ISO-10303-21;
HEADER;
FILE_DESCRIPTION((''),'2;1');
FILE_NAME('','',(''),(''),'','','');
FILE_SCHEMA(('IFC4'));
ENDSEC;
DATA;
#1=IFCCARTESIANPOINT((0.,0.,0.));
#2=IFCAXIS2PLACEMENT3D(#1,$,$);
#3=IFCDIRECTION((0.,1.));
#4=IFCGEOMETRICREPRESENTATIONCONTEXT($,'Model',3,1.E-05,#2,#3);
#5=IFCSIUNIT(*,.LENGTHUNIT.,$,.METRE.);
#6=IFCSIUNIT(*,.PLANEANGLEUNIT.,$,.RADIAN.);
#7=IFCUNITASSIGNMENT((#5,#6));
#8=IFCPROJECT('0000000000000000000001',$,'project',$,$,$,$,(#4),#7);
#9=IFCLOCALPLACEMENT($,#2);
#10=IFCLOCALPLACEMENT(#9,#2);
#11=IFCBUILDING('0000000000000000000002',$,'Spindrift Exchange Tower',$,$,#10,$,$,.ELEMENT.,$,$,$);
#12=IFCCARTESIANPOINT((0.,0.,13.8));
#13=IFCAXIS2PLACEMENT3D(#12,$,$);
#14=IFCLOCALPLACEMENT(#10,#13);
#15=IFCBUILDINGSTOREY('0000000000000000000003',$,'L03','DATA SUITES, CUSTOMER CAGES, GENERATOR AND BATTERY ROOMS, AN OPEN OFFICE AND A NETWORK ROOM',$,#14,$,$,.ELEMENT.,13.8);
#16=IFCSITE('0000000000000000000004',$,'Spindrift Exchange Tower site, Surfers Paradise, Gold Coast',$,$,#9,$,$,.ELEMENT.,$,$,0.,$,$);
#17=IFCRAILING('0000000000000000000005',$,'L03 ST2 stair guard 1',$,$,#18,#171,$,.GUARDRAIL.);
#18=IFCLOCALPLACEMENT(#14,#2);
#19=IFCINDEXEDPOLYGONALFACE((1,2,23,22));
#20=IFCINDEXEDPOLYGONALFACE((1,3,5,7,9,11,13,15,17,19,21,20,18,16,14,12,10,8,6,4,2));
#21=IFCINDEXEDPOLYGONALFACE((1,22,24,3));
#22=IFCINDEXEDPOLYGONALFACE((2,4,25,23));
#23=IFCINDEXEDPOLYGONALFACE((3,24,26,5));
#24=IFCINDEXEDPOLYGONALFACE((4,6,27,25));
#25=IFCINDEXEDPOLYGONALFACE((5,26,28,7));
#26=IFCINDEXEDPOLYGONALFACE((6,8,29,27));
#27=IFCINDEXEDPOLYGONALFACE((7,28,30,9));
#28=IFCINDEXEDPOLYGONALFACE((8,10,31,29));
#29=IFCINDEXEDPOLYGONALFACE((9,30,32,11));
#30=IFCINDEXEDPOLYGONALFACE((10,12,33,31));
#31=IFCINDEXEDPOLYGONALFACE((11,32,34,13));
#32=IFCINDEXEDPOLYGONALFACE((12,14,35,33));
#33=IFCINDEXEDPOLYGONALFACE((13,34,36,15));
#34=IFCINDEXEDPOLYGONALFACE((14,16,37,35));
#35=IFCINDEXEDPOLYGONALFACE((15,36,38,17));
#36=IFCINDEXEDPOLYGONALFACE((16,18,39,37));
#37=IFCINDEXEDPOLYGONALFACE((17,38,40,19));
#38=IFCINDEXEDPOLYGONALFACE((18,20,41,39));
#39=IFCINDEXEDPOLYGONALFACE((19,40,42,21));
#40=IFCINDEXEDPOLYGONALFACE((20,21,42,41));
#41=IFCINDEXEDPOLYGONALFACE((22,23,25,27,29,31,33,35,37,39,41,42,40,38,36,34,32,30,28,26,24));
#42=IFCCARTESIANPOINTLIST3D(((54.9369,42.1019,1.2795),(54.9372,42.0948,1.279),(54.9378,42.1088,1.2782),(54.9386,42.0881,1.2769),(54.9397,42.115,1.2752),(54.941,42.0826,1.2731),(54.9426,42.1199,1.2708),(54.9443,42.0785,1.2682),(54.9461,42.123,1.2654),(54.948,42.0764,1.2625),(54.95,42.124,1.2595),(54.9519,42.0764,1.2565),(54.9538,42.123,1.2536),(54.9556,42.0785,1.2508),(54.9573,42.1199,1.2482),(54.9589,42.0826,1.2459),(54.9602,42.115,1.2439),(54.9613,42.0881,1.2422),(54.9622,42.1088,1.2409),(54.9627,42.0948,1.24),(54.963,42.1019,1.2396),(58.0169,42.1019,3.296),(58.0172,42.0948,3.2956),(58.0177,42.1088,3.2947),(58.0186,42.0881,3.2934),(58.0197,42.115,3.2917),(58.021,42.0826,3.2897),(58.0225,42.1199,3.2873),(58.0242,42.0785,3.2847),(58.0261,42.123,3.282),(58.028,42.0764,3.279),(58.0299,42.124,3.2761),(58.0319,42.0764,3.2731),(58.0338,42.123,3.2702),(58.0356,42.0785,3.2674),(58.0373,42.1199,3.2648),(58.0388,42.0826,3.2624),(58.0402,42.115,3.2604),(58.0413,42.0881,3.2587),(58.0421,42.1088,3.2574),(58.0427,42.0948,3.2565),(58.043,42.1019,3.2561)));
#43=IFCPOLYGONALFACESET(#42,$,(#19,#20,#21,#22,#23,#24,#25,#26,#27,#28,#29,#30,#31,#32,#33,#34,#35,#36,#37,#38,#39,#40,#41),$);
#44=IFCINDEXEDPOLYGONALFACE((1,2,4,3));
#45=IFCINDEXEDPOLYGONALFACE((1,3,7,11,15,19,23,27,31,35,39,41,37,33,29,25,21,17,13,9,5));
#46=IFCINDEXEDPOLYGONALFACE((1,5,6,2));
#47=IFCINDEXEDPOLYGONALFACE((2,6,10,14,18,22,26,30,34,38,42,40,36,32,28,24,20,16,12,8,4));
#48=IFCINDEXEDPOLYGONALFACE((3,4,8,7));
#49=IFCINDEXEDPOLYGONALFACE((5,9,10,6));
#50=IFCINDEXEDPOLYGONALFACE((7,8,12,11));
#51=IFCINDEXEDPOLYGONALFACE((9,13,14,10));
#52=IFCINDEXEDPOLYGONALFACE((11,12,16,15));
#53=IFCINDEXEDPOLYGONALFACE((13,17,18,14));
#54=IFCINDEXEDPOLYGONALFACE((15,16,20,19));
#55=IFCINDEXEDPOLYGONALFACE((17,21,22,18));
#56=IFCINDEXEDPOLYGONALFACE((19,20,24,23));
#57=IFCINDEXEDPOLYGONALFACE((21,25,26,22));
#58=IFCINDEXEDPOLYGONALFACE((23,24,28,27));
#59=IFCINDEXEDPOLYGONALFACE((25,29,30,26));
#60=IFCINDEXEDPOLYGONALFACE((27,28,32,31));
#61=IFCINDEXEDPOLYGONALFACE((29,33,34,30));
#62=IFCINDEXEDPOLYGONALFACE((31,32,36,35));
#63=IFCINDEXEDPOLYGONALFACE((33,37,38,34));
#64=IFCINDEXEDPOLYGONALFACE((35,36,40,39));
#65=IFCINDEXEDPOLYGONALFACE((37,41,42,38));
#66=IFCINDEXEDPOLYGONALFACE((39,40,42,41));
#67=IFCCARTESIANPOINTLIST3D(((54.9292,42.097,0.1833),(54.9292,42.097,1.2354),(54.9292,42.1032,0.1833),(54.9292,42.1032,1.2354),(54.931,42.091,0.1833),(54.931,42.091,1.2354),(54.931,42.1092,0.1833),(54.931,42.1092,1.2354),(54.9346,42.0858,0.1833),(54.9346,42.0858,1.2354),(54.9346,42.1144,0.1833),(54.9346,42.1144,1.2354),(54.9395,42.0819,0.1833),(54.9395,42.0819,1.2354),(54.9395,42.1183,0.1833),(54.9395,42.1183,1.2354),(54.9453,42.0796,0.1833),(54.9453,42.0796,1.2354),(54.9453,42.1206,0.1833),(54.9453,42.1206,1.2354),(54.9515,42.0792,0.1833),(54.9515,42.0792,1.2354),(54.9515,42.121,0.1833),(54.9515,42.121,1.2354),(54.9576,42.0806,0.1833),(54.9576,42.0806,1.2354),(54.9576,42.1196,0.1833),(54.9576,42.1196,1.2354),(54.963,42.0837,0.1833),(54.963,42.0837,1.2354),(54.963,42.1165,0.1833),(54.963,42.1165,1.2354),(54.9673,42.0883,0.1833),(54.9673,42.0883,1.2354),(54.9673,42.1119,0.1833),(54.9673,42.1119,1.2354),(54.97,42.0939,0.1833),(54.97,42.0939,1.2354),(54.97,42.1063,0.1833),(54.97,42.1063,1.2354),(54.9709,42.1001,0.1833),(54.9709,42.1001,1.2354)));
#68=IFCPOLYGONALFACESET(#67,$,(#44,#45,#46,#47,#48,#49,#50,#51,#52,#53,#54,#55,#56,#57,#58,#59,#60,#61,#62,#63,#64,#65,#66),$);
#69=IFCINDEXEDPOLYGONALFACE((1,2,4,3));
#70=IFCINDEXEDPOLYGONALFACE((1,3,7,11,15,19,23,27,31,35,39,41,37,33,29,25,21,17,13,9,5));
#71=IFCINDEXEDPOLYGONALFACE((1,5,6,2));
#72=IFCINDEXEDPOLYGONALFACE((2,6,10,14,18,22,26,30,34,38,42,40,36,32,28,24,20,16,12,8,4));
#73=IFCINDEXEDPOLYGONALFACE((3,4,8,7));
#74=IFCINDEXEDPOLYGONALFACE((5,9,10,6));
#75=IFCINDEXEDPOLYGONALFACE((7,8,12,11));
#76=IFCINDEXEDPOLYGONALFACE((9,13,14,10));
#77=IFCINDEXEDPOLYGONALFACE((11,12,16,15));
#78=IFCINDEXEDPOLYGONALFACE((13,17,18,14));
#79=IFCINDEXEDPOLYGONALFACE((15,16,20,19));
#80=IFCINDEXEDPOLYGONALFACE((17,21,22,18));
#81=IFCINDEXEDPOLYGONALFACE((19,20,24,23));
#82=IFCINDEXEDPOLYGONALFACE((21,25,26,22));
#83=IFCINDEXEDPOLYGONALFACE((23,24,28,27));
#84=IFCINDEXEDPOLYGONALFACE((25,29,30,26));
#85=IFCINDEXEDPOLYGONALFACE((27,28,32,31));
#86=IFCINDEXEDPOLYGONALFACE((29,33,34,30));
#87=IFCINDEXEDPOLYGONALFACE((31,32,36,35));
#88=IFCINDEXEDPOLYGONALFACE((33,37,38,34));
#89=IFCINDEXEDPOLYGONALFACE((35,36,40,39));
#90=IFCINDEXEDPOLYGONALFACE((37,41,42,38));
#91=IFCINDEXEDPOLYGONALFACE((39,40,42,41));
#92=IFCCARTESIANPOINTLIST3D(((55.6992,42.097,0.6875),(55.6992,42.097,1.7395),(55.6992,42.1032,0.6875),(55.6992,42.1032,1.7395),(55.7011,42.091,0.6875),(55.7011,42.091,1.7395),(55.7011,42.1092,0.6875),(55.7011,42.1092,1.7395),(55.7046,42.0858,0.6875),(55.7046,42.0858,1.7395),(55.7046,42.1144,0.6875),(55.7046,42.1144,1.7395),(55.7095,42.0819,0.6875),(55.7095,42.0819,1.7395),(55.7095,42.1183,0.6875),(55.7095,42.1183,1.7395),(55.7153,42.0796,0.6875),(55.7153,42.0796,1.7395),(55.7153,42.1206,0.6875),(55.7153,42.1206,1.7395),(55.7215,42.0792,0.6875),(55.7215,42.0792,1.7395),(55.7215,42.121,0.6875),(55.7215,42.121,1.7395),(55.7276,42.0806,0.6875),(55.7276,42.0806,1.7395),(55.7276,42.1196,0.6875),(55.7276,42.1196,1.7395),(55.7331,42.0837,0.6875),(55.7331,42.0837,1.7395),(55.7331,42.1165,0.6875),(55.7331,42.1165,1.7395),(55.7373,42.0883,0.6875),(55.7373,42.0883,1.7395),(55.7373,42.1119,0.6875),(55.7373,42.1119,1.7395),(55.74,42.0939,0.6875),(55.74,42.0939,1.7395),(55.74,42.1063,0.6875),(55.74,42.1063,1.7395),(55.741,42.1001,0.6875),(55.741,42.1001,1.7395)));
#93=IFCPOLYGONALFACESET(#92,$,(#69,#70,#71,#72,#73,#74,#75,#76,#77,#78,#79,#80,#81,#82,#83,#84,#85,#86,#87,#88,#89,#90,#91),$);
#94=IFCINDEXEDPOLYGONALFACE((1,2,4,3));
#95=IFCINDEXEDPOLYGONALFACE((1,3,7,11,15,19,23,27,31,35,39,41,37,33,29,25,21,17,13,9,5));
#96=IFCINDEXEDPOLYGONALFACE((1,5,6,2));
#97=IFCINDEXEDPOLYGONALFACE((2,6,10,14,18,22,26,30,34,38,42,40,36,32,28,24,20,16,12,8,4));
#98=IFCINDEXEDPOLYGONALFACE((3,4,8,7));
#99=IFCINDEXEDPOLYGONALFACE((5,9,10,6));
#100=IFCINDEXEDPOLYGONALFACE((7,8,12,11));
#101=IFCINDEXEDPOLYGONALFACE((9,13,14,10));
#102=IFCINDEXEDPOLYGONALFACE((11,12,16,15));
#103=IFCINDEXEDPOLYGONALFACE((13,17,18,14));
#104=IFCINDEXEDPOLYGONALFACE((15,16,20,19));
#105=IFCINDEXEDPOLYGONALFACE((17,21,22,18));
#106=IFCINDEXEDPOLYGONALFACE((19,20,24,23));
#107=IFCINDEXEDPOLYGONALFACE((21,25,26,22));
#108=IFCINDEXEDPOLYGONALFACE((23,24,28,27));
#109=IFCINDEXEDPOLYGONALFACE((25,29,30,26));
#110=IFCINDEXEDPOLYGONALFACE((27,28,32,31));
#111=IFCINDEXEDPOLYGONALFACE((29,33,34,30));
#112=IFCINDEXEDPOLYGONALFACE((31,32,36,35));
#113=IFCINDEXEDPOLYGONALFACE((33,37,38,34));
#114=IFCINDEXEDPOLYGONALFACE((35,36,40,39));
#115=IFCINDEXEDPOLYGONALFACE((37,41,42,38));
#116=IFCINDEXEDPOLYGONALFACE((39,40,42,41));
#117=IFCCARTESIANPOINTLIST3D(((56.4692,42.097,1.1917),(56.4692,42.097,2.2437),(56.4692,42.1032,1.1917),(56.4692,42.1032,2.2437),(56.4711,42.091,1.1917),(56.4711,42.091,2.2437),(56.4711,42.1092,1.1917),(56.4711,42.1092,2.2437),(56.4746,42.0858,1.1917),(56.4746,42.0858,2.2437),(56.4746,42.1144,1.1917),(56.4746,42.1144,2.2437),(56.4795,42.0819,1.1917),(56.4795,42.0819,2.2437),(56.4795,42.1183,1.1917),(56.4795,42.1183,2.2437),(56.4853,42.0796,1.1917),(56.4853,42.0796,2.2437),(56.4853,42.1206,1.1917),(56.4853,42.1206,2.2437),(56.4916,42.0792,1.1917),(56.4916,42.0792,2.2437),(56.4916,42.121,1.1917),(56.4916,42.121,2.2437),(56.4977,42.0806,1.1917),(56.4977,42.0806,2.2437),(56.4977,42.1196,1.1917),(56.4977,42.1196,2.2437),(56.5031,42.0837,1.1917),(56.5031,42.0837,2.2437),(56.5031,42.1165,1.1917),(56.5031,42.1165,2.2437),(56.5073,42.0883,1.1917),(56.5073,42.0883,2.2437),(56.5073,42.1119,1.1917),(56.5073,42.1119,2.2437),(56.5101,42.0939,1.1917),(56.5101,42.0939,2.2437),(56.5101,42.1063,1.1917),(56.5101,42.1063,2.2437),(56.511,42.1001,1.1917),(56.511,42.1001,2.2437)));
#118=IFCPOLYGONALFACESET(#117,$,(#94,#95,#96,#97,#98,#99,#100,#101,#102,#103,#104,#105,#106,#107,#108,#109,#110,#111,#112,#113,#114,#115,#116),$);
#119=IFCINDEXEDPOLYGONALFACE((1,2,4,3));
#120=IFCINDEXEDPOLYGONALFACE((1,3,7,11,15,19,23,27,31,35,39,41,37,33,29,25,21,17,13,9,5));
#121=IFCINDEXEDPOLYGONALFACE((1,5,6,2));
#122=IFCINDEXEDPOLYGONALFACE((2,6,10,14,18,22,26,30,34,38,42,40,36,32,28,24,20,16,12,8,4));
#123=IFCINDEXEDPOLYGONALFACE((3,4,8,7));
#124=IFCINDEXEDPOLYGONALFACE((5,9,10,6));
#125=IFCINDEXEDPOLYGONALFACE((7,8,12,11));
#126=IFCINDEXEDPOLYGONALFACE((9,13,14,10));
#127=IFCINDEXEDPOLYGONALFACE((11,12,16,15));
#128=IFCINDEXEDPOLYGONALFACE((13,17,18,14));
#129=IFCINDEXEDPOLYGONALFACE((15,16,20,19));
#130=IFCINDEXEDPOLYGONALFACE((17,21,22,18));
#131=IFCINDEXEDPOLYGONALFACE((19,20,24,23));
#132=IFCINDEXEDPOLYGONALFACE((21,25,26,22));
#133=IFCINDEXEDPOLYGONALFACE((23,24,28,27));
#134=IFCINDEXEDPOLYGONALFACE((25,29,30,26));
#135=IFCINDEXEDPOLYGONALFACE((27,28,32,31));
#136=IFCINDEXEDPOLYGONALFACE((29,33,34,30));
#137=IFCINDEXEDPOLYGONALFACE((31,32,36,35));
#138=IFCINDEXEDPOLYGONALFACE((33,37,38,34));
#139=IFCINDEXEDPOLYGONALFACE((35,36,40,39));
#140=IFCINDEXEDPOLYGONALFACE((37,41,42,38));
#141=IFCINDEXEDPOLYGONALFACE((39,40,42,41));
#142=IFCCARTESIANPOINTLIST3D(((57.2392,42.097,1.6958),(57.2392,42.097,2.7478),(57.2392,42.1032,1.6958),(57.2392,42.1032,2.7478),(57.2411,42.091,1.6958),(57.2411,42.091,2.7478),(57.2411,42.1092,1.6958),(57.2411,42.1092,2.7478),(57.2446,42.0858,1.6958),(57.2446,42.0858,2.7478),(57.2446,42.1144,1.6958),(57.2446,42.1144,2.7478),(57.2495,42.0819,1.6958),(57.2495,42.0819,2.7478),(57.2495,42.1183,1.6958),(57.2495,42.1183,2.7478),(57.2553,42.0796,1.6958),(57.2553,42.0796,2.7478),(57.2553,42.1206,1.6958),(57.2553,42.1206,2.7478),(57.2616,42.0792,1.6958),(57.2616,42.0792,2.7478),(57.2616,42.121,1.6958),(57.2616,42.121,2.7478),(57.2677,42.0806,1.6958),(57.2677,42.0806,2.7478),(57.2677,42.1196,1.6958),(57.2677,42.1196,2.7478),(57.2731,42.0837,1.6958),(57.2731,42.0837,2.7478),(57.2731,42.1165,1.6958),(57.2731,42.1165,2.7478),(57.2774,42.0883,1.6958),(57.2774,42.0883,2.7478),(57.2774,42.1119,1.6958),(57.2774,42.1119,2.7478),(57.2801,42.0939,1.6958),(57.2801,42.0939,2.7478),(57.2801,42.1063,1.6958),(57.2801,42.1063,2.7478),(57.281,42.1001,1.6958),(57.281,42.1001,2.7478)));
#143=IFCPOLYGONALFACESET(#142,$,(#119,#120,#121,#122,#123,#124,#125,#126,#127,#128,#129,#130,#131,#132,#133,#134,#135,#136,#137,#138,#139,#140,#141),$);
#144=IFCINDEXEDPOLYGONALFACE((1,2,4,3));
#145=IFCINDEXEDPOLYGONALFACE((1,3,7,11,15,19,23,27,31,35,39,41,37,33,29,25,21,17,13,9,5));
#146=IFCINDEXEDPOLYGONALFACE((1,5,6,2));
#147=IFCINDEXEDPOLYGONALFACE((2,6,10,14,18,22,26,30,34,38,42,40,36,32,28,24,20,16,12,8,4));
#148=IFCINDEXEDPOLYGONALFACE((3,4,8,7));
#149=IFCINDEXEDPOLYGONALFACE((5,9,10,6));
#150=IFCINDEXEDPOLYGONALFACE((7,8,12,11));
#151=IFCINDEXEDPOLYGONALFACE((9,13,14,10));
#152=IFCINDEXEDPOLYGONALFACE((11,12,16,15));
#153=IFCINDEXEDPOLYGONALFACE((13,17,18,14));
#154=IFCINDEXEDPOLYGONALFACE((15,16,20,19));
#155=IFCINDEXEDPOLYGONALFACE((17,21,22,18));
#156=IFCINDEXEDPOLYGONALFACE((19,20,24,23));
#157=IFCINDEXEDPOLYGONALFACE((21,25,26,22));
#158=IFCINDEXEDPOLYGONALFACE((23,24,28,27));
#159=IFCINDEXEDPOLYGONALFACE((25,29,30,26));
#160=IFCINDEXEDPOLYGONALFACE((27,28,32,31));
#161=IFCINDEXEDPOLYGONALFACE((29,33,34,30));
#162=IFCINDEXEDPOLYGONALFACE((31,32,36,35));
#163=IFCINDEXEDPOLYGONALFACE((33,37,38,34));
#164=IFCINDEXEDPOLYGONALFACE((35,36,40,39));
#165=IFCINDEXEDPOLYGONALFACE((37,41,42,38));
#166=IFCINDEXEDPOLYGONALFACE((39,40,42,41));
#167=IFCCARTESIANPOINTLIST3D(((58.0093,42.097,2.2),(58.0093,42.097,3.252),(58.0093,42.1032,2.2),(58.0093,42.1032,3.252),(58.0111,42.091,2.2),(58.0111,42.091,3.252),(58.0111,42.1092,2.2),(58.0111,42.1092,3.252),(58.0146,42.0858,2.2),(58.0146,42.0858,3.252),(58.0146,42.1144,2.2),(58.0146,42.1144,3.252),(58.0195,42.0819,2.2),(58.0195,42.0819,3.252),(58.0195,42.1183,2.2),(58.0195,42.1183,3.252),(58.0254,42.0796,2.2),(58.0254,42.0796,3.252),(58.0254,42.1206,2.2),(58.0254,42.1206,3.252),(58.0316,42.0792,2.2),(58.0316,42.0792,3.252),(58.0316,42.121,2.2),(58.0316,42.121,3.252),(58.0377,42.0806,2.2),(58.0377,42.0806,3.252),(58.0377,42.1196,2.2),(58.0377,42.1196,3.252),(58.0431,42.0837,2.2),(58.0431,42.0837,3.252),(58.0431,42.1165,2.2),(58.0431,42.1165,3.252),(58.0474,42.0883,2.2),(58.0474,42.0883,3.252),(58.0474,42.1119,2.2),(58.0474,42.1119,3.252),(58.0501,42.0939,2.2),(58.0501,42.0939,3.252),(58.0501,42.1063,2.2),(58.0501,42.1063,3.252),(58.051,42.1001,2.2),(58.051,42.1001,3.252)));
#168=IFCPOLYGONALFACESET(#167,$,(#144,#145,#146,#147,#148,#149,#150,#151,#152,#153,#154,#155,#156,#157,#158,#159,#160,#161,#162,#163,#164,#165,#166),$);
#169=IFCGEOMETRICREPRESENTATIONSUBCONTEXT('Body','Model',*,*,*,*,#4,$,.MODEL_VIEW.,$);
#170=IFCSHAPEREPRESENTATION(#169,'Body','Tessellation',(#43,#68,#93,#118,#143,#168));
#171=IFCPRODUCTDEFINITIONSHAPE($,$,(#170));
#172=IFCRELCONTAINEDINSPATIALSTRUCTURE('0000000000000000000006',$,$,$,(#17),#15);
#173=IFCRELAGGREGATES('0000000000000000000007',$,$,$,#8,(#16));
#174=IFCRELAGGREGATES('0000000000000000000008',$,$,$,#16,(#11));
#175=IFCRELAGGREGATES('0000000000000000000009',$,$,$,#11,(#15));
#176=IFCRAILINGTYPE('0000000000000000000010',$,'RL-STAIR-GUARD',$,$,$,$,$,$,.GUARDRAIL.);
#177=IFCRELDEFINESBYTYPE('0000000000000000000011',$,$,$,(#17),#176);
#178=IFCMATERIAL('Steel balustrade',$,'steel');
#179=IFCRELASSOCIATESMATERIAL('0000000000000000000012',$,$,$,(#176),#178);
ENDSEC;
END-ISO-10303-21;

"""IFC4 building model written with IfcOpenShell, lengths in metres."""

from ifc_helpers import new_model, si_unit, direction, frame, origin, origin_2d, place, context, subcontext, project, spatial, circle, extrude, material, type_object, element, save


model = new_model("IFC4")

# Units and contexts
model_context = context("Model", 3, precision=1e-05, world=origin(), true_north=direction((0.0, 1.0)))
body_context = subcontext(model_context, "Body", "Model", "MODEL_VIEW")
ifc_project = project(units=[si_unit("LENGTHUNIT", "METRE"), si_unit("PLANEANGLEUNIT", "RADIAN")], contexts=[model_context])

# Site, building, storey
site_placement = place(None, origin())
site = spatial("IfcSite", under=ifc_project, at=site_placement, Name="Spindrift Exchange Tower site, Surfers Paradise, Gold Coast", CompositionType="ELEMENT", RefElevation=0.0)
building_placement = place(site_placement, origin())
building = spatial("IfcBuilding", under=site, at=building_placement, Name="Spindrift Exchange Tower", CompositionType="ELEMENT")
storey_placement = place(building_placement, frame((0.0, 0.0, 13.8)))
storey = spatial("IfcBuildingStorey", under=building, at=storey_placement, Name="L03", Description="DATA SUITES, CUSTOMER CAGES, GENERATOR AND BATTERY ROOMS, AN OPEN OFFICE AND A NETWORK ROOM", CompositionType="ELEMENT", Elevation=13.8)

# Railing
ifc_material_1 = material(Name="Steel balustrade", Category="steel")
railing_type_1 = type_object("IfcRailingType", Name="RL-STAIR-GUARD", PredefinedType="GUARDRAIL", material=ifc_material_1)
railing_1_placement = place(storey_placement, frame((54.95, 42.1001, 0.1833)))
element("IfcRailing", 1, at=railing_1_placement, inside=storey, type_object=railing_type_1, Name="L03 ST2 stair guard 1", PredefinedType="GUARDRAIL", context=body_context, shape_type="SweptSolid", body=[
    extrude(circle(Radius=0.0239, at=origin_2d()), frame((0.0, 0.0, 1.0762), z_axis=(0.836633, 0.0, 0.547764), x_axis=(0.0, 1.0, 0.0)), (0.0, 0.0, 1.0), 3.6814),
    extrude(circle(Radius=0.021, at=origin_2d()), origin(), (0.0, 0.0, 1.0), 1.052),
    extrude(circle(Radius=0.021, at=origin_2d()), frame((0.77, 0.0, 0.5042)), (0.0, 0.0, 1.0), 1.052),
    extrude(circle(Radius=0.021, at=origin_2d()), frame((1.54, 0.0, 1.0083)), (0.0, 0.0, 1.0), 1.052),
    extrude(circle(Radius=0.021, at=origin_2d()), frame((2.3101, 0.0, 1.5125)), (0.0, 0.0, 1.0), 1.052),
    extrude(circle(Radius=0.021, at=origin_2d()), frame((3.0801, 0.0, 2.0166)), (0.0, 0.0, 1.0), 1.052),
])

save(model, "model.ifc")
